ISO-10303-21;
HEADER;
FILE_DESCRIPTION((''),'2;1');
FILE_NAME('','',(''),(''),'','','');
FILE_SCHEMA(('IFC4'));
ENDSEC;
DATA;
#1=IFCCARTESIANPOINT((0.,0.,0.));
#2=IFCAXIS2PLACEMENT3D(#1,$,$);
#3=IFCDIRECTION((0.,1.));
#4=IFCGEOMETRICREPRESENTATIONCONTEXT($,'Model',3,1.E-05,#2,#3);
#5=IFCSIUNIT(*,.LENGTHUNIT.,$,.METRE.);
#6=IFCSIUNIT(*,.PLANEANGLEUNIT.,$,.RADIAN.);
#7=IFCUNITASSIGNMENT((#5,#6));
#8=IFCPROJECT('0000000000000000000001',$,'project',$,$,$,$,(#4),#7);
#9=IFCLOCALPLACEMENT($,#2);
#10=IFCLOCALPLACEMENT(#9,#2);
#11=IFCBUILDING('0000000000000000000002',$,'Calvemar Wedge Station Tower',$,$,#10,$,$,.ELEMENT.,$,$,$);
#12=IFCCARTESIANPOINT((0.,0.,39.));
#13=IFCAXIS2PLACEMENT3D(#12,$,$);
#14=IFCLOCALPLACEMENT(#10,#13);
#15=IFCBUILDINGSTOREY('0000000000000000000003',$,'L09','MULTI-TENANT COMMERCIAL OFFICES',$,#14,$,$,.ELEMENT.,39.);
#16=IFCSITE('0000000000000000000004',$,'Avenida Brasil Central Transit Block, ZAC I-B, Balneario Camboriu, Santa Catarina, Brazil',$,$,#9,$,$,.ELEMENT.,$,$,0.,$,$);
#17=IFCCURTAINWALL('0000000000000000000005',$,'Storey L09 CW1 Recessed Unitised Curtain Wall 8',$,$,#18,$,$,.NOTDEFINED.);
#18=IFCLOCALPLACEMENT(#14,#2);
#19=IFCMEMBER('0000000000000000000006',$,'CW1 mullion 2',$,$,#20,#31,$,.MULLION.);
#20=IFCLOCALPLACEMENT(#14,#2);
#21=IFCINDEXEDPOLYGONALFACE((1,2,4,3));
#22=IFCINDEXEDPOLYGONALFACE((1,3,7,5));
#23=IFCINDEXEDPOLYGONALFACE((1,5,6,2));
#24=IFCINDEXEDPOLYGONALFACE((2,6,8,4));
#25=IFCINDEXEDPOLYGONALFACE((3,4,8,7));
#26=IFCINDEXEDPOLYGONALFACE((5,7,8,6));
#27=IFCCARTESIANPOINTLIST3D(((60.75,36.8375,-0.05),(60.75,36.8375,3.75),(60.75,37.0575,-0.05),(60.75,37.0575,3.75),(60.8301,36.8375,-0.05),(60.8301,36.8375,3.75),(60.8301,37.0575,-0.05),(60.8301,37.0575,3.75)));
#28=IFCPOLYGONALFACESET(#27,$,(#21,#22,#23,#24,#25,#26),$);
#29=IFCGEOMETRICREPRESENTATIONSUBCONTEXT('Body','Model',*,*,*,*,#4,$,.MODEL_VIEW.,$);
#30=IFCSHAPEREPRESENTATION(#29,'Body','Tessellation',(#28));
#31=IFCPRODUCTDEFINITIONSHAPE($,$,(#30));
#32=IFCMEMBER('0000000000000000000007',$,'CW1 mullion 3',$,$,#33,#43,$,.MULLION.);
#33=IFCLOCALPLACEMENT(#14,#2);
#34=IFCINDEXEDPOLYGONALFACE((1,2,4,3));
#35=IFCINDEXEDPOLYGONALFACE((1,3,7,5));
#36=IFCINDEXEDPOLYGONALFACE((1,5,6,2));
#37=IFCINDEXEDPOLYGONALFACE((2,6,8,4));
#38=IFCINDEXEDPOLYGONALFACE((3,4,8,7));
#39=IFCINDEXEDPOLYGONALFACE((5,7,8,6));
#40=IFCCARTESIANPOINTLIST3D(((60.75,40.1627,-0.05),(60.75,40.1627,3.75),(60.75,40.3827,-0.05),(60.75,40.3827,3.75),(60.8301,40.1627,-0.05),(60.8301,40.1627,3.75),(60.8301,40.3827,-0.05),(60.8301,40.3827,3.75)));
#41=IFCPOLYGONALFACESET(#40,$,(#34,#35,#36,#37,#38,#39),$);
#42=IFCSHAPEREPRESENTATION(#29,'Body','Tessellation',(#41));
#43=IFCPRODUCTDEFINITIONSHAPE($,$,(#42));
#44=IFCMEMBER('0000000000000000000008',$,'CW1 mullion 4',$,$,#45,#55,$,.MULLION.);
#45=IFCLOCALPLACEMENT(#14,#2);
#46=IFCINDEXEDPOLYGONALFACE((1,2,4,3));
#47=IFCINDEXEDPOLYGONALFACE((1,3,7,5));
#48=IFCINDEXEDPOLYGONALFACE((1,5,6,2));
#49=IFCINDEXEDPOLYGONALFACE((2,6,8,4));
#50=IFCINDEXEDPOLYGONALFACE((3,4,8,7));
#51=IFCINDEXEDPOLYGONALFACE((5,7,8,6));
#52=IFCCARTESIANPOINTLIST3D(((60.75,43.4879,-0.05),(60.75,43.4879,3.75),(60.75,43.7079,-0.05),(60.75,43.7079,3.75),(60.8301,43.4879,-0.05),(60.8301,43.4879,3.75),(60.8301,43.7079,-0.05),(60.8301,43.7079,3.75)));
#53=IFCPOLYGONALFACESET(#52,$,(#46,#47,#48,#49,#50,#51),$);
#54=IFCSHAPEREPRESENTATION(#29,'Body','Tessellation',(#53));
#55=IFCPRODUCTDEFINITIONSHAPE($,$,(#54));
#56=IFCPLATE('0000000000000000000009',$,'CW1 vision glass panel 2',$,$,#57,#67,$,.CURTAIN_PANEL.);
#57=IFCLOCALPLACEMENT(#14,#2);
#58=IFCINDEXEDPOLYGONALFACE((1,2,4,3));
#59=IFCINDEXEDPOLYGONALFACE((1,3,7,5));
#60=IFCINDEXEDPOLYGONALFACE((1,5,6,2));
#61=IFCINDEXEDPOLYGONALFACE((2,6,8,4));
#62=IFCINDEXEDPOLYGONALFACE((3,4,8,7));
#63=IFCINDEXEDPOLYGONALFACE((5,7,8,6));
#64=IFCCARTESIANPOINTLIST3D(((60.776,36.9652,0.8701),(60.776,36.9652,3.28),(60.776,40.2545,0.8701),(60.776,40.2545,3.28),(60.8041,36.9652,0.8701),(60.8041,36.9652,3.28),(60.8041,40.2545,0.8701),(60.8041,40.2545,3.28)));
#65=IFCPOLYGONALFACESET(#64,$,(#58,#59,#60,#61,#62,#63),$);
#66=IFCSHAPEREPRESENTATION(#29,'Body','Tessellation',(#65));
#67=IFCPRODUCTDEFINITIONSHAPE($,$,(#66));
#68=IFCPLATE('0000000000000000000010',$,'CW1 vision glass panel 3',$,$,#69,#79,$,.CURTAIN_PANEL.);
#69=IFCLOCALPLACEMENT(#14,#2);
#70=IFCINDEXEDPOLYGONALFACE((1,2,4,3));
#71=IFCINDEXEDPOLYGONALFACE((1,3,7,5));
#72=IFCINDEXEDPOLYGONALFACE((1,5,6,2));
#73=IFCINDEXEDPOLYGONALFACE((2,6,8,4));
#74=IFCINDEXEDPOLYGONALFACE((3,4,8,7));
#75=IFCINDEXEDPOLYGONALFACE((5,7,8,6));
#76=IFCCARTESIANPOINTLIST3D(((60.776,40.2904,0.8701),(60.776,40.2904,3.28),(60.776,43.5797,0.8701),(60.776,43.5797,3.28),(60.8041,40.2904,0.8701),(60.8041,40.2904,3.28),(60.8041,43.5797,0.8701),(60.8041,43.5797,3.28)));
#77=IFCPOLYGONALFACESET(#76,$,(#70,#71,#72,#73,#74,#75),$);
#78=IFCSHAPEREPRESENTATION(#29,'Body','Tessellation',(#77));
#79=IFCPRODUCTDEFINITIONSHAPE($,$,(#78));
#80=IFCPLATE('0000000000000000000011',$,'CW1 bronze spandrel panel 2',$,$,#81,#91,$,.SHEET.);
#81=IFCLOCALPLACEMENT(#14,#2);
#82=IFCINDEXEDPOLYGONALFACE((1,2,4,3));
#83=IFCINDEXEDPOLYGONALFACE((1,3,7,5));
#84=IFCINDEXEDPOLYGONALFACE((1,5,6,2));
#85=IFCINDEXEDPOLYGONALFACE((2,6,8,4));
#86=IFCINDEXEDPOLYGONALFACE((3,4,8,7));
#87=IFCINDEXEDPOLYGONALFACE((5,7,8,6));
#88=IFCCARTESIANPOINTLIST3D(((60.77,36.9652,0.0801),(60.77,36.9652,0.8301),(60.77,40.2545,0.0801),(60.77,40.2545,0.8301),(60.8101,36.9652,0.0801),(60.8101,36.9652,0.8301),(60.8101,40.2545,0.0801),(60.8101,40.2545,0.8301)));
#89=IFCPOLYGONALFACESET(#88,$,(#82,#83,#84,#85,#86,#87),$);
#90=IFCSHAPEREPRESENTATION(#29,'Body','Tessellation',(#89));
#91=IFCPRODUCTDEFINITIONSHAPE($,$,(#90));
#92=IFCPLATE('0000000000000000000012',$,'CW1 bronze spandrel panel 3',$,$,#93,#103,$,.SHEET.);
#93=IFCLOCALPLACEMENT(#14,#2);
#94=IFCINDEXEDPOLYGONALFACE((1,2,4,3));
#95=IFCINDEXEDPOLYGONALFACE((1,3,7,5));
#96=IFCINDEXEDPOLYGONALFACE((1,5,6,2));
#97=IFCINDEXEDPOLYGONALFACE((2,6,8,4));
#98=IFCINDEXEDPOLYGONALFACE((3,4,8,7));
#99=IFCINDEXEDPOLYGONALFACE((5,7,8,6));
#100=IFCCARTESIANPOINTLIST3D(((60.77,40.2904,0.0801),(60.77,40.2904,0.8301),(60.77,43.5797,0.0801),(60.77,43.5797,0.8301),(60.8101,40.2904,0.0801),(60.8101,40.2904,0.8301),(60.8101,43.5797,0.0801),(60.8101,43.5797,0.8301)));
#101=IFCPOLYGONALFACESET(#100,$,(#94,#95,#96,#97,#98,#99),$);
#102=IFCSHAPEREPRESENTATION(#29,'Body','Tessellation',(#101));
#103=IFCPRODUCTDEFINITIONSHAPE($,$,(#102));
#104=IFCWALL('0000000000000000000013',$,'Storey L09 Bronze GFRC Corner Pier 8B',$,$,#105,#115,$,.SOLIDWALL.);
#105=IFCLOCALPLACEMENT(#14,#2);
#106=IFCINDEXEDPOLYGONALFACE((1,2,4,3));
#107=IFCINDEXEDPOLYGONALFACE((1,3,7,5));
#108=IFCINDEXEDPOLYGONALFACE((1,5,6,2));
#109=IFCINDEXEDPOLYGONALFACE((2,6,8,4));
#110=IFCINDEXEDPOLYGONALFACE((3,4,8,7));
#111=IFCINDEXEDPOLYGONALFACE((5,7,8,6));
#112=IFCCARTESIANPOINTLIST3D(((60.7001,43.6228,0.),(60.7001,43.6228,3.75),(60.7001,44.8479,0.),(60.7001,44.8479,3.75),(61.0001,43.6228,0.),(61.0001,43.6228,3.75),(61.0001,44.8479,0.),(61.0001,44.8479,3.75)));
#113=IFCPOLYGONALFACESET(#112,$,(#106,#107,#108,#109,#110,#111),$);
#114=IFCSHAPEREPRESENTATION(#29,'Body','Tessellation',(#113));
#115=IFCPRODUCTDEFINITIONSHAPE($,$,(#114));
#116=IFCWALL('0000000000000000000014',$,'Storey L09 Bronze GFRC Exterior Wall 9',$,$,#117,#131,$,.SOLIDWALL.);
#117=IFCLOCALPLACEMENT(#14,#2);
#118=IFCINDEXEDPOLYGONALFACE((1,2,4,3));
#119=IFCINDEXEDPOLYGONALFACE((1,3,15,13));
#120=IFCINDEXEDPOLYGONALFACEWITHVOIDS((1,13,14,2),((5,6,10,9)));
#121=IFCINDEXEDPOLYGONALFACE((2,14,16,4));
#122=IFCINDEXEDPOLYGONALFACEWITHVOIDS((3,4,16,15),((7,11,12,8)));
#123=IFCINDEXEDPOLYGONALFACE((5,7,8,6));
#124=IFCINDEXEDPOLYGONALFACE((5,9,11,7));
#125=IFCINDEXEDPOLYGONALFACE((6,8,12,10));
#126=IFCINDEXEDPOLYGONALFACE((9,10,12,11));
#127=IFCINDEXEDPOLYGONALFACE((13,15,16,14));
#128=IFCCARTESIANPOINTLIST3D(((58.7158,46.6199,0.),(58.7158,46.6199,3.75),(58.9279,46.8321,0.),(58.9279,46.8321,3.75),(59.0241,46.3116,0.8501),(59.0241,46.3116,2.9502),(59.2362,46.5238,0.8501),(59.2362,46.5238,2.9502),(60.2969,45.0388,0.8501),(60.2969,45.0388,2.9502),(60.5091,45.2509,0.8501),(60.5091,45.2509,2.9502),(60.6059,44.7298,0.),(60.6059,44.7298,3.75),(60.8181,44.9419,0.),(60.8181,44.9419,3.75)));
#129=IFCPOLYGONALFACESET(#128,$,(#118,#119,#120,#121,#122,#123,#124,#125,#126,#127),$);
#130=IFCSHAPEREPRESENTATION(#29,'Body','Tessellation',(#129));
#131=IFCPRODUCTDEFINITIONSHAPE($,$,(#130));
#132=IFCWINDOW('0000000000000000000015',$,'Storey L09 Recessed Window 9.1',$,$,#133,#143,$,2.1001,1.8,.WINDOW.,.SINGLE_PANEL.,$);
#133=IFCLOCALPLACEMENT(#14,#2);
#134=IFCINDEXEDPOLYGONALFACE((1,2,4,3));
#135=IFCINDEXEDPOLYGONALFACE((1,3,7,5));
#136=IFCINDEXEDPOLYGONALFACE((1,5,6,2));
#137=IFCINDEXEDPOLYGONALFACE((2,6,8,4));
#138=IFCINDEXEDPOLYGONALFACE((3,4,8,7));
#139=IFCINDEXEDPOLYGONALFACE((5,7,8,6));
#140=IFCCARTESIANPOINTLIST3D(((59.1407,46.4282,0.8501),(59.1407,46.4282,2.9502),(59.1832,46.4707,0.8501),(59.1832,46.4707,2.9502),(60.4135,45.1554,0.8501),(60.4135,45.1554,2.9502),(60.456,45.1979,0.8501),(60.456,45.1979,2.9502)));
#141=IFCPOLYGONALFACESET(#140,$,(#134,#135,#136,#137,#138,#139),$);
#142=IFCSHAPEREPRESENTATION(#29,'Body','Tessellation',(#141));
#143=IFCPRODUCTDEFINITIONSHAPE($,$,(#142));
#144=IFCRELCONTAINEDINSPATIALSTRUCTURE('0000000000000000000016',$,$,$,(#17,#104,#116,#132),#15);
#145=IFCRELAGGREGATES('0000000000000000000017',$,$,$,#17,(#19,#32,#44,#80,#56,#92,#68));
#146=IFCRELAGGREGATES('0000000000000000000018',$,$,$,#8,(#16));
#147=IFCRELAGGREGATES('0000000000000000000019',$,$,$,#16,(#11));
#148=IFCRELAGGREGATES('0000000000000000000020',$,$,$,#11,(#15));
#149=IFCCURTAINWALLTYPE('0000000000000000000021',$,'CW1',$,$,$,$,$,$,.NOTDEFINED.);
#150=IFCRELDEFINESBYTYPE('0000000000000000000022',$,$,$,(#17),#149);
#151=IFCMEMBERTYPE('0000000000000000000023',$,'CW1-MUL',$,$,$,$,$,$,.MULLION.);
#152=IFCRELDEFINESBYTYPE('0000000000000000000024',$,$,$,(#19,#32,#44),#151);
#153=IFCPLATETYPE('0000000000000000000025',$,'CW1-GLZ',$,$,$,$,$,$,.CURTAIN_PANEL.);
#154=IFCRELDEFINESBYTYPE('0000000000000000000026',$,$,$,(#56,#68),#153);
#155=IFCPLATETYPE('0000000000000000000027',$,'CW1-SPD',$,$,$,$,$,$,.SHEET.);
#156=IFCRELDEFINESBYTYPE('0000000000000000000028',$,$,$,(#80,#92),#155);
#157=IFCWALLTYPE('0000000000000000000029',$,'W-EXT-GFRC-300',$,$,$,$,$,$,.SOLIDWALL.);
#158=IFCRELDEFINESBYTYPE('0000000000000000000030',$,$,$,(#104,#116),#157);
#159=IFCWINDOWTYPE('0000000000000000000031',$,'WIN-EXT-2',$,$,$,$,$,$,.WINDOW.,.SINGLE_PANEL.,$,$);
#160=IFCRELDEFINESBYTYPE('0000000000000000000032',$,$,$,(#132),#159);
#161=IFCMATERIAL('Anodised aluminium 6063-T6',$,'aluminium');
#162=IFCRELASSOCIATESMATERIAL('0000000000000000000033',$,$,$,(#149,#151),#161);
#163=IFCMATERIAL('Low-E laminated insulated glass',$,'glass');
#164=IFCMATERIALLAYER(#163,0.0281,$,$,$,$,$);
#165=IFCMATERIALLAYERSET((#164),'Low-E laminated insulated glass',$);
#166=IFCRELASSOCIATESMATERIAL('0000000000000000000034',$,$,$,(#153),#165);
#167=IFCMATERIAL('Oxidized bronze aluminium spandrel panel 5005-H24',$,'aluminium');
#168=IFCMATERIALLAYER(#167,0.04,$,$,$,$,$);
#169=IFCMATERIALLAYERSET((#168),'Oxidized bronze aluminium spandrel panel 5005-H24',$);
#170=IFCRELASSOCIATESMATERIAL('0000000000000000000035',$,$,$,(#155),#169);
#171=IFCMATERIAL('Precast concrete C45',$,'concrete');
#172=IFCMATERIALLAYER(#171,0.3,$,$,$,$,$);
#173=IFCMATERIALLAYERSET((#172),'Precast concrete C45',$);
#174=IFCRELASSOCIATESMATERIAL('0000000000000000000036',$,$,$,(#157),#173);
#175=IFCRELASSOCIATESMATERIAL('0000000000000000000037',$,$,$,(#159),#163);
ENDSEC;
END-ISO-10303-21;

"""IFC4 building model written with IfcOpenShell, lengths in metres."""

from ifc_helpers import new_model, si_unit, direction, frame, frame_2d, origin, origin_2d, place, context, subcontext, project, spatial, rectangle, extrude, source, transform, mapped, material, layer, layer_set, material_profile, profile_set, type_object, element, fill, aggregate, save


model = new_model("IFC4")

# Units and contexts
model_context = context("Model", 3, precision=1e-05, world=origin(), true_north=direction((0.0, 1.0)))
body_context = subcontext(model_context, "Body", "Model", "MODEL_VIEW")
ifc_project = project(units=[si_unit("LENGTHUNIT", "METRE"), si_unit("PLANEANGLEUNIT", "RADIAN")], contexts=[model_context])

# Site, building, storey
site_placement = place(None, origin())
site = spatial("IfcSite", under=ifc_project, at=site_placement, Name="Avenida Brasil Central Transit Block, ZAC I-B, Balneario Camboriu, Santa Catarina, Brazil", CompositionType="ELEMENT", RefElevation=0.0)
building_placement = place(site_placement, origin())
building = spatial("IfcBuilding", under=site, at=building_placement, Name="Calvemar Wedge Station Tower", CompositionType="ELEMENT")
storey_placement = place(building_placement, frame((0.0, 0.0, 39.0)))
storey = spatial("IfcBuildingStorey", under=building, at=storey_placement, Name="L09", Description="MULTI-TENANT COMMERCIAL OFFICES", CompositionType="ELEMENT", Elevation=39.0)

# Curtain wall, members, plates
ifc_material_1 = material(Name="Anodised aluminium 6063-T6", Category="aluminium")
curtain_wall_type = type_object("IfcCurtainWallType", Name="CW1", PredefinedType="NOTDEFINED", material=ifc_material_1)
curtain_wall_placement = place(storey_placement, origin())
curtain_wall = element("IfcCurtainWall", 1, at=curtain_wall_placement, inside=storey, type_object=curtain_wall_type, Name="Storey L09 CW1 Recessed Unitised Curtain Wall 8", PredefinedType="NOTDEFINED")
ifc_material_profile = material_profile(ifc_material_1, rectangle(XDim=0.0801, YDim=0.22, at=origin_2d()), Name="AL-MUL-80x220")
ifc_profile_set = profile_set([ifc_material_profile], Name="Anodised aluminium 6063-T6")
member_type = type_object("IfcMemberType", Name="CW1-MUL", PredefinedType="MULLION", material=ifc_profile_set)
shared_shape_1 = source(origin(), body_context, "Body", "SweptSolid", [
    extrude(rectangle(XDim=0.0801, YDim=0.22, at=origin_2d()), origin(), (0.0, 0.0, 1.0), 3.8),
])
member_1_placement = place(storey_placement, frame((60.79, 36.9475, -0.05), z_axis=(0.0, 0.0, 1.0), x_axis=(1.0, 0.0, 0.0)))
member_1 = element("IfcMember", 2, at=member_1_placement, type_object=member_type, Name="CW1 mullion 2", PredefinedType="MULLION", context=body_context, shape_type="MappedRepresentation", body=[
    mapped(shared_shape_1, transform((0.0, 0.0, 0.0), scale=1.0)),
])
member_2_placement = place(storey_placement, frame((60.79, 40.2727, -0.05), z_axis=(0.0, 0.0, 1.0), x_axis=(1.0, 0.0, 0.0)))
member_2 = element("IfcMember", 3, at=member_2_placement, type_object=member_type, Name="CW1 mullion 3", PredefinedType="MULLION", context=body_context, shape_type="MappedRepresentation", body=[
    mapped(shared_shape_1, transform((0.0, 0.0, 0.0), scale=1.0)),
])
member_3_placement = place(storey_placement, frame((60.79, 43.5979, -0.05), z_axis=(0.0, 0.0, 1.0), x_axis=(1.0, 0.0, 0.0)))
member_3 = element("IfcMember", 4, at=member_3_placement, type_object=member_type, Name="CW1 mullion 4", PredefinedType="MULLION", context=body_context, shape_type="MappedRepresentation", body=[
    mapped(shared_shape_1, transform((0.0, 0.0, 0.0), scale=1.0)),
])
ifc_material_2 = material(Name="Low-E laminated insulated glass", Category="glass")
ifc_layer_1 = layer(ifc_material_2, 0.0281)
ifc_layer_set_1 = layer_set([ifc_layer_1], Name="Low-E laminated insulated glass")
plate_type_1 = type_object("IfcPlateType", Name="CW1-GLZ", PredefinedType="CURTAIN_PANEL", material=ifc_layer_set_1)
plate_1_placement = place(storey_placement, frame((60.79, 36.9653, 0.8701), z_axis=(0.0, 0.0, 1.0), x_axis=(0.0, 1.0, 0.0)))
plate_1 = element("IfcPlate", 5, at=plate_1_placement, type_object=plate_type_1, Name="CW1 vision glass panel 2", PredefinedType="CURTAIN_PANEL", context=body_context, shape_type="SweptSolid", body=[
    extrude(rectangle(XDim=3.2893, YDim=0.0281, at=frame_2d((1.6445, 0.0))), origin(), (0.0, 0.0, 1.0), 2.4099),
])
plate_2_placement = place(storey_placement, frame((60.79, 40.2905, 0.8701), z_axis=(0.0, 0.0, 1.0), x_axis=(0.0, 1.0, 0.0)))
plate_2 = element("IfcPlate", 6, at=plate_2_placement, type_object=plate_type_1, Name="CW1 vision glass panel 3", PredefinedType="CURTAIN_PANEL", context=body_context, shape_type="SweptSolid", body=[
    extrude(rectangle(XDim=3.2893, YDim=0.0281, at=frame_2d((1.6445, 0.0))), origin(), (0.0, 0.0, 1.0), 2.4099),
])
ifc_material_3 = material(Name="Oxidized bronze aluminium spandrel panel 5005-H24", Category="aluminium")
ifc_layer_2 = layer(ifc_material_3, 0.04)
ifc_layer_set_2 = layer_set([ifc_layer_2], Name="Oxidized bronze aluminium spandrel panel 5005-H24")
plate_type_2 = type_object("IfcPlateType", Name="CW1-SPD", PredefinedType="SHEET", material=ifc_layer_set_2)
plate_3_placement = place(storey_placement, frame((60.79, 36.9653, 0.0801), z_axis=(0.0, 0.0, 1.0), x_axis=(0.0, 1.0, 0.0)))
plate_3 = element("IfcPlate", 7, at=plate_3_placement, type_object=plate_type_2, Name="CW1 bronze spandrel panel 2", PredefinedType="SHEET", context=body_context, shape_type="SweptSolid", body=[
    extrude(rectangle(XDim=3.2893, YDim=0.04, at=frame_2d((1.6445, 0.0))), origin(), (0.0, 0.0, 1.0), 0.75),
])
plate_4_placement = place(storey_placement, frame((60.79, 40.2905, 0.0801), z_axis=(0.0, 0.0, 1.0), x_axis=(0.0, 1.0, 0.0)))
plate_4 = element("IfcPlate", 8, at=plate_4_placement, type_object=plate_type_2, Name="CW1 bronze spandrel panel 3", PredefinedType="SHEET", context=body_context, shape_type="SweptSolid", body=[
    extrude(rectangle(XDim=3.2893, YDim=0.04, at=frame_2d((1.6445, 0.0))), origin(), (0.0, 0.0, 1.0), 0.75),
])
aggregate(curtain_wall, [member_1, member_2, member_3, plate_3, plate_1, plate_4, plate_2])

# Wall
ifc_material_4 = material(Name="Precast concrete C45", Category="concrete")
ifc_layer_3 = layer(ifc_material_4, 0.3)
ifc_layer_set_3 = layer_set([ifc_layer_3], Name="Precast concrete C45")
wall_type_1 = type_object("IfcWallType", Name="W-EXT-GFRC-300", PredefinedType="SOLIDWALL", material=ifc_layer_set_3)
wall_1_placement = place(storey_placement, frame((60.8501, 43.6228, 0.0), z_axis=(0.0, 0.0, 1.0), x_axis=(0.0, 1.0, 0.0)))
element("IfcWall", 9, at=wall_1_placement, inside=storey, type_object=wall_type_1, Name="Storey L09 Bronze GFRC Corner Pier 8B", PredefinedType="SOLIDWALL", context=body_context, shape_type="SweptSolid", body=[
    extrude(rectangle(XDim=1.2251, YDim=0.3, at=frame_2d((0.6125, 0.0))), origin(), (0.0, 0.0, 1.0), 3.75),
])

# Wall, opening, window
wall_2_placement = place(storey_placement, frame((60.7119, 44.8359, 0.0), z_axis=(0.0, 0.0, 1.0), x_axis=(-0.707107, 0.707107, 0.0)))
wall_2 = element("IfcWall", 10, at=wall_2_placement, inside=storey, type_object=wall_type_1, Name="Storey L09 Bronze GFRC Exterior Wall 9", PredefinedType="SOLIDWALL", context=body_context, shape_type="SweptSolid", body=[
    extrude(rectangle(XDim=2.6731, YDim=0.3, at=frame_2d((1.3364, 0.0))), origin(), (0.0, 0.0, 1.0), 3.75),
])
shared_shape_2 = source(origin(), body_context, "Body", "SweptSolid", [
    extrude(rectangle(XDim=1.8, YDim=2.1001, at=frame_2d((0.8999, 1.05))), frame((0.0, 0.1602, 0.0), z_axis=(0.0, -1.0, 0.0), x_axis=(1.0, 0.0, 0.0)), (0.0, 0.0, 1.0), 0.3201),
])
opening_1_placement = place(wall_2_placement, frame((0.437, 0.0, 0.8501)))
opening_1 = element("IfcOpeningElement", 11, at=opening_1_placement, cuts=wall_2, PredefinedType="OPENING", context=body_context, shape_type="MappedRepresentation", body=[
    mapped(shared_shape_2, transform((0.0, 0.0, 0.0), scale=1.0)),
])
window_type_1 = type_object("IfcWindowType", Name="WIN-EXT-2", PartitioningType="SINGLE_PANEL", PredefinedType="WINDOW", material=ifc_material_2)
shared_shape_3 = source(origin(), body_context, "Body", "SweptSolid", [
    extrude(rectangle(XDim=1.8, YDim=2.1001, at=frame_2d((0.8999, 1.05))), frame((0.0, -0.0149, 0.0), z_axis=(0.0, -1.0, 0.0), x_axis=(1.0, 0.0, 0.0)), (0.0, 0.0, 1.0), 0.0601),
])
window_1_placement = place(opening_1_placement, origin())
window_1 = element("IfcWindow", 12, at=window_1_placement, inside=storey, type_object=window_type_1, Name="Storey L09 Recessed Window 9.1", OverallHeight=2.1001, OverallWidth=1.8, PartitioningType="SINGLE_PANEL", PredefinedType="WINDOW", context=body_context, shape_type="MappedRepresentation", body=[
    mapped(shared_shape_3, transform((0.0, 0.0, 0.0), scale=1.0)),
])
fill(opening_1, window_1)

save(model, "model.ifc")
